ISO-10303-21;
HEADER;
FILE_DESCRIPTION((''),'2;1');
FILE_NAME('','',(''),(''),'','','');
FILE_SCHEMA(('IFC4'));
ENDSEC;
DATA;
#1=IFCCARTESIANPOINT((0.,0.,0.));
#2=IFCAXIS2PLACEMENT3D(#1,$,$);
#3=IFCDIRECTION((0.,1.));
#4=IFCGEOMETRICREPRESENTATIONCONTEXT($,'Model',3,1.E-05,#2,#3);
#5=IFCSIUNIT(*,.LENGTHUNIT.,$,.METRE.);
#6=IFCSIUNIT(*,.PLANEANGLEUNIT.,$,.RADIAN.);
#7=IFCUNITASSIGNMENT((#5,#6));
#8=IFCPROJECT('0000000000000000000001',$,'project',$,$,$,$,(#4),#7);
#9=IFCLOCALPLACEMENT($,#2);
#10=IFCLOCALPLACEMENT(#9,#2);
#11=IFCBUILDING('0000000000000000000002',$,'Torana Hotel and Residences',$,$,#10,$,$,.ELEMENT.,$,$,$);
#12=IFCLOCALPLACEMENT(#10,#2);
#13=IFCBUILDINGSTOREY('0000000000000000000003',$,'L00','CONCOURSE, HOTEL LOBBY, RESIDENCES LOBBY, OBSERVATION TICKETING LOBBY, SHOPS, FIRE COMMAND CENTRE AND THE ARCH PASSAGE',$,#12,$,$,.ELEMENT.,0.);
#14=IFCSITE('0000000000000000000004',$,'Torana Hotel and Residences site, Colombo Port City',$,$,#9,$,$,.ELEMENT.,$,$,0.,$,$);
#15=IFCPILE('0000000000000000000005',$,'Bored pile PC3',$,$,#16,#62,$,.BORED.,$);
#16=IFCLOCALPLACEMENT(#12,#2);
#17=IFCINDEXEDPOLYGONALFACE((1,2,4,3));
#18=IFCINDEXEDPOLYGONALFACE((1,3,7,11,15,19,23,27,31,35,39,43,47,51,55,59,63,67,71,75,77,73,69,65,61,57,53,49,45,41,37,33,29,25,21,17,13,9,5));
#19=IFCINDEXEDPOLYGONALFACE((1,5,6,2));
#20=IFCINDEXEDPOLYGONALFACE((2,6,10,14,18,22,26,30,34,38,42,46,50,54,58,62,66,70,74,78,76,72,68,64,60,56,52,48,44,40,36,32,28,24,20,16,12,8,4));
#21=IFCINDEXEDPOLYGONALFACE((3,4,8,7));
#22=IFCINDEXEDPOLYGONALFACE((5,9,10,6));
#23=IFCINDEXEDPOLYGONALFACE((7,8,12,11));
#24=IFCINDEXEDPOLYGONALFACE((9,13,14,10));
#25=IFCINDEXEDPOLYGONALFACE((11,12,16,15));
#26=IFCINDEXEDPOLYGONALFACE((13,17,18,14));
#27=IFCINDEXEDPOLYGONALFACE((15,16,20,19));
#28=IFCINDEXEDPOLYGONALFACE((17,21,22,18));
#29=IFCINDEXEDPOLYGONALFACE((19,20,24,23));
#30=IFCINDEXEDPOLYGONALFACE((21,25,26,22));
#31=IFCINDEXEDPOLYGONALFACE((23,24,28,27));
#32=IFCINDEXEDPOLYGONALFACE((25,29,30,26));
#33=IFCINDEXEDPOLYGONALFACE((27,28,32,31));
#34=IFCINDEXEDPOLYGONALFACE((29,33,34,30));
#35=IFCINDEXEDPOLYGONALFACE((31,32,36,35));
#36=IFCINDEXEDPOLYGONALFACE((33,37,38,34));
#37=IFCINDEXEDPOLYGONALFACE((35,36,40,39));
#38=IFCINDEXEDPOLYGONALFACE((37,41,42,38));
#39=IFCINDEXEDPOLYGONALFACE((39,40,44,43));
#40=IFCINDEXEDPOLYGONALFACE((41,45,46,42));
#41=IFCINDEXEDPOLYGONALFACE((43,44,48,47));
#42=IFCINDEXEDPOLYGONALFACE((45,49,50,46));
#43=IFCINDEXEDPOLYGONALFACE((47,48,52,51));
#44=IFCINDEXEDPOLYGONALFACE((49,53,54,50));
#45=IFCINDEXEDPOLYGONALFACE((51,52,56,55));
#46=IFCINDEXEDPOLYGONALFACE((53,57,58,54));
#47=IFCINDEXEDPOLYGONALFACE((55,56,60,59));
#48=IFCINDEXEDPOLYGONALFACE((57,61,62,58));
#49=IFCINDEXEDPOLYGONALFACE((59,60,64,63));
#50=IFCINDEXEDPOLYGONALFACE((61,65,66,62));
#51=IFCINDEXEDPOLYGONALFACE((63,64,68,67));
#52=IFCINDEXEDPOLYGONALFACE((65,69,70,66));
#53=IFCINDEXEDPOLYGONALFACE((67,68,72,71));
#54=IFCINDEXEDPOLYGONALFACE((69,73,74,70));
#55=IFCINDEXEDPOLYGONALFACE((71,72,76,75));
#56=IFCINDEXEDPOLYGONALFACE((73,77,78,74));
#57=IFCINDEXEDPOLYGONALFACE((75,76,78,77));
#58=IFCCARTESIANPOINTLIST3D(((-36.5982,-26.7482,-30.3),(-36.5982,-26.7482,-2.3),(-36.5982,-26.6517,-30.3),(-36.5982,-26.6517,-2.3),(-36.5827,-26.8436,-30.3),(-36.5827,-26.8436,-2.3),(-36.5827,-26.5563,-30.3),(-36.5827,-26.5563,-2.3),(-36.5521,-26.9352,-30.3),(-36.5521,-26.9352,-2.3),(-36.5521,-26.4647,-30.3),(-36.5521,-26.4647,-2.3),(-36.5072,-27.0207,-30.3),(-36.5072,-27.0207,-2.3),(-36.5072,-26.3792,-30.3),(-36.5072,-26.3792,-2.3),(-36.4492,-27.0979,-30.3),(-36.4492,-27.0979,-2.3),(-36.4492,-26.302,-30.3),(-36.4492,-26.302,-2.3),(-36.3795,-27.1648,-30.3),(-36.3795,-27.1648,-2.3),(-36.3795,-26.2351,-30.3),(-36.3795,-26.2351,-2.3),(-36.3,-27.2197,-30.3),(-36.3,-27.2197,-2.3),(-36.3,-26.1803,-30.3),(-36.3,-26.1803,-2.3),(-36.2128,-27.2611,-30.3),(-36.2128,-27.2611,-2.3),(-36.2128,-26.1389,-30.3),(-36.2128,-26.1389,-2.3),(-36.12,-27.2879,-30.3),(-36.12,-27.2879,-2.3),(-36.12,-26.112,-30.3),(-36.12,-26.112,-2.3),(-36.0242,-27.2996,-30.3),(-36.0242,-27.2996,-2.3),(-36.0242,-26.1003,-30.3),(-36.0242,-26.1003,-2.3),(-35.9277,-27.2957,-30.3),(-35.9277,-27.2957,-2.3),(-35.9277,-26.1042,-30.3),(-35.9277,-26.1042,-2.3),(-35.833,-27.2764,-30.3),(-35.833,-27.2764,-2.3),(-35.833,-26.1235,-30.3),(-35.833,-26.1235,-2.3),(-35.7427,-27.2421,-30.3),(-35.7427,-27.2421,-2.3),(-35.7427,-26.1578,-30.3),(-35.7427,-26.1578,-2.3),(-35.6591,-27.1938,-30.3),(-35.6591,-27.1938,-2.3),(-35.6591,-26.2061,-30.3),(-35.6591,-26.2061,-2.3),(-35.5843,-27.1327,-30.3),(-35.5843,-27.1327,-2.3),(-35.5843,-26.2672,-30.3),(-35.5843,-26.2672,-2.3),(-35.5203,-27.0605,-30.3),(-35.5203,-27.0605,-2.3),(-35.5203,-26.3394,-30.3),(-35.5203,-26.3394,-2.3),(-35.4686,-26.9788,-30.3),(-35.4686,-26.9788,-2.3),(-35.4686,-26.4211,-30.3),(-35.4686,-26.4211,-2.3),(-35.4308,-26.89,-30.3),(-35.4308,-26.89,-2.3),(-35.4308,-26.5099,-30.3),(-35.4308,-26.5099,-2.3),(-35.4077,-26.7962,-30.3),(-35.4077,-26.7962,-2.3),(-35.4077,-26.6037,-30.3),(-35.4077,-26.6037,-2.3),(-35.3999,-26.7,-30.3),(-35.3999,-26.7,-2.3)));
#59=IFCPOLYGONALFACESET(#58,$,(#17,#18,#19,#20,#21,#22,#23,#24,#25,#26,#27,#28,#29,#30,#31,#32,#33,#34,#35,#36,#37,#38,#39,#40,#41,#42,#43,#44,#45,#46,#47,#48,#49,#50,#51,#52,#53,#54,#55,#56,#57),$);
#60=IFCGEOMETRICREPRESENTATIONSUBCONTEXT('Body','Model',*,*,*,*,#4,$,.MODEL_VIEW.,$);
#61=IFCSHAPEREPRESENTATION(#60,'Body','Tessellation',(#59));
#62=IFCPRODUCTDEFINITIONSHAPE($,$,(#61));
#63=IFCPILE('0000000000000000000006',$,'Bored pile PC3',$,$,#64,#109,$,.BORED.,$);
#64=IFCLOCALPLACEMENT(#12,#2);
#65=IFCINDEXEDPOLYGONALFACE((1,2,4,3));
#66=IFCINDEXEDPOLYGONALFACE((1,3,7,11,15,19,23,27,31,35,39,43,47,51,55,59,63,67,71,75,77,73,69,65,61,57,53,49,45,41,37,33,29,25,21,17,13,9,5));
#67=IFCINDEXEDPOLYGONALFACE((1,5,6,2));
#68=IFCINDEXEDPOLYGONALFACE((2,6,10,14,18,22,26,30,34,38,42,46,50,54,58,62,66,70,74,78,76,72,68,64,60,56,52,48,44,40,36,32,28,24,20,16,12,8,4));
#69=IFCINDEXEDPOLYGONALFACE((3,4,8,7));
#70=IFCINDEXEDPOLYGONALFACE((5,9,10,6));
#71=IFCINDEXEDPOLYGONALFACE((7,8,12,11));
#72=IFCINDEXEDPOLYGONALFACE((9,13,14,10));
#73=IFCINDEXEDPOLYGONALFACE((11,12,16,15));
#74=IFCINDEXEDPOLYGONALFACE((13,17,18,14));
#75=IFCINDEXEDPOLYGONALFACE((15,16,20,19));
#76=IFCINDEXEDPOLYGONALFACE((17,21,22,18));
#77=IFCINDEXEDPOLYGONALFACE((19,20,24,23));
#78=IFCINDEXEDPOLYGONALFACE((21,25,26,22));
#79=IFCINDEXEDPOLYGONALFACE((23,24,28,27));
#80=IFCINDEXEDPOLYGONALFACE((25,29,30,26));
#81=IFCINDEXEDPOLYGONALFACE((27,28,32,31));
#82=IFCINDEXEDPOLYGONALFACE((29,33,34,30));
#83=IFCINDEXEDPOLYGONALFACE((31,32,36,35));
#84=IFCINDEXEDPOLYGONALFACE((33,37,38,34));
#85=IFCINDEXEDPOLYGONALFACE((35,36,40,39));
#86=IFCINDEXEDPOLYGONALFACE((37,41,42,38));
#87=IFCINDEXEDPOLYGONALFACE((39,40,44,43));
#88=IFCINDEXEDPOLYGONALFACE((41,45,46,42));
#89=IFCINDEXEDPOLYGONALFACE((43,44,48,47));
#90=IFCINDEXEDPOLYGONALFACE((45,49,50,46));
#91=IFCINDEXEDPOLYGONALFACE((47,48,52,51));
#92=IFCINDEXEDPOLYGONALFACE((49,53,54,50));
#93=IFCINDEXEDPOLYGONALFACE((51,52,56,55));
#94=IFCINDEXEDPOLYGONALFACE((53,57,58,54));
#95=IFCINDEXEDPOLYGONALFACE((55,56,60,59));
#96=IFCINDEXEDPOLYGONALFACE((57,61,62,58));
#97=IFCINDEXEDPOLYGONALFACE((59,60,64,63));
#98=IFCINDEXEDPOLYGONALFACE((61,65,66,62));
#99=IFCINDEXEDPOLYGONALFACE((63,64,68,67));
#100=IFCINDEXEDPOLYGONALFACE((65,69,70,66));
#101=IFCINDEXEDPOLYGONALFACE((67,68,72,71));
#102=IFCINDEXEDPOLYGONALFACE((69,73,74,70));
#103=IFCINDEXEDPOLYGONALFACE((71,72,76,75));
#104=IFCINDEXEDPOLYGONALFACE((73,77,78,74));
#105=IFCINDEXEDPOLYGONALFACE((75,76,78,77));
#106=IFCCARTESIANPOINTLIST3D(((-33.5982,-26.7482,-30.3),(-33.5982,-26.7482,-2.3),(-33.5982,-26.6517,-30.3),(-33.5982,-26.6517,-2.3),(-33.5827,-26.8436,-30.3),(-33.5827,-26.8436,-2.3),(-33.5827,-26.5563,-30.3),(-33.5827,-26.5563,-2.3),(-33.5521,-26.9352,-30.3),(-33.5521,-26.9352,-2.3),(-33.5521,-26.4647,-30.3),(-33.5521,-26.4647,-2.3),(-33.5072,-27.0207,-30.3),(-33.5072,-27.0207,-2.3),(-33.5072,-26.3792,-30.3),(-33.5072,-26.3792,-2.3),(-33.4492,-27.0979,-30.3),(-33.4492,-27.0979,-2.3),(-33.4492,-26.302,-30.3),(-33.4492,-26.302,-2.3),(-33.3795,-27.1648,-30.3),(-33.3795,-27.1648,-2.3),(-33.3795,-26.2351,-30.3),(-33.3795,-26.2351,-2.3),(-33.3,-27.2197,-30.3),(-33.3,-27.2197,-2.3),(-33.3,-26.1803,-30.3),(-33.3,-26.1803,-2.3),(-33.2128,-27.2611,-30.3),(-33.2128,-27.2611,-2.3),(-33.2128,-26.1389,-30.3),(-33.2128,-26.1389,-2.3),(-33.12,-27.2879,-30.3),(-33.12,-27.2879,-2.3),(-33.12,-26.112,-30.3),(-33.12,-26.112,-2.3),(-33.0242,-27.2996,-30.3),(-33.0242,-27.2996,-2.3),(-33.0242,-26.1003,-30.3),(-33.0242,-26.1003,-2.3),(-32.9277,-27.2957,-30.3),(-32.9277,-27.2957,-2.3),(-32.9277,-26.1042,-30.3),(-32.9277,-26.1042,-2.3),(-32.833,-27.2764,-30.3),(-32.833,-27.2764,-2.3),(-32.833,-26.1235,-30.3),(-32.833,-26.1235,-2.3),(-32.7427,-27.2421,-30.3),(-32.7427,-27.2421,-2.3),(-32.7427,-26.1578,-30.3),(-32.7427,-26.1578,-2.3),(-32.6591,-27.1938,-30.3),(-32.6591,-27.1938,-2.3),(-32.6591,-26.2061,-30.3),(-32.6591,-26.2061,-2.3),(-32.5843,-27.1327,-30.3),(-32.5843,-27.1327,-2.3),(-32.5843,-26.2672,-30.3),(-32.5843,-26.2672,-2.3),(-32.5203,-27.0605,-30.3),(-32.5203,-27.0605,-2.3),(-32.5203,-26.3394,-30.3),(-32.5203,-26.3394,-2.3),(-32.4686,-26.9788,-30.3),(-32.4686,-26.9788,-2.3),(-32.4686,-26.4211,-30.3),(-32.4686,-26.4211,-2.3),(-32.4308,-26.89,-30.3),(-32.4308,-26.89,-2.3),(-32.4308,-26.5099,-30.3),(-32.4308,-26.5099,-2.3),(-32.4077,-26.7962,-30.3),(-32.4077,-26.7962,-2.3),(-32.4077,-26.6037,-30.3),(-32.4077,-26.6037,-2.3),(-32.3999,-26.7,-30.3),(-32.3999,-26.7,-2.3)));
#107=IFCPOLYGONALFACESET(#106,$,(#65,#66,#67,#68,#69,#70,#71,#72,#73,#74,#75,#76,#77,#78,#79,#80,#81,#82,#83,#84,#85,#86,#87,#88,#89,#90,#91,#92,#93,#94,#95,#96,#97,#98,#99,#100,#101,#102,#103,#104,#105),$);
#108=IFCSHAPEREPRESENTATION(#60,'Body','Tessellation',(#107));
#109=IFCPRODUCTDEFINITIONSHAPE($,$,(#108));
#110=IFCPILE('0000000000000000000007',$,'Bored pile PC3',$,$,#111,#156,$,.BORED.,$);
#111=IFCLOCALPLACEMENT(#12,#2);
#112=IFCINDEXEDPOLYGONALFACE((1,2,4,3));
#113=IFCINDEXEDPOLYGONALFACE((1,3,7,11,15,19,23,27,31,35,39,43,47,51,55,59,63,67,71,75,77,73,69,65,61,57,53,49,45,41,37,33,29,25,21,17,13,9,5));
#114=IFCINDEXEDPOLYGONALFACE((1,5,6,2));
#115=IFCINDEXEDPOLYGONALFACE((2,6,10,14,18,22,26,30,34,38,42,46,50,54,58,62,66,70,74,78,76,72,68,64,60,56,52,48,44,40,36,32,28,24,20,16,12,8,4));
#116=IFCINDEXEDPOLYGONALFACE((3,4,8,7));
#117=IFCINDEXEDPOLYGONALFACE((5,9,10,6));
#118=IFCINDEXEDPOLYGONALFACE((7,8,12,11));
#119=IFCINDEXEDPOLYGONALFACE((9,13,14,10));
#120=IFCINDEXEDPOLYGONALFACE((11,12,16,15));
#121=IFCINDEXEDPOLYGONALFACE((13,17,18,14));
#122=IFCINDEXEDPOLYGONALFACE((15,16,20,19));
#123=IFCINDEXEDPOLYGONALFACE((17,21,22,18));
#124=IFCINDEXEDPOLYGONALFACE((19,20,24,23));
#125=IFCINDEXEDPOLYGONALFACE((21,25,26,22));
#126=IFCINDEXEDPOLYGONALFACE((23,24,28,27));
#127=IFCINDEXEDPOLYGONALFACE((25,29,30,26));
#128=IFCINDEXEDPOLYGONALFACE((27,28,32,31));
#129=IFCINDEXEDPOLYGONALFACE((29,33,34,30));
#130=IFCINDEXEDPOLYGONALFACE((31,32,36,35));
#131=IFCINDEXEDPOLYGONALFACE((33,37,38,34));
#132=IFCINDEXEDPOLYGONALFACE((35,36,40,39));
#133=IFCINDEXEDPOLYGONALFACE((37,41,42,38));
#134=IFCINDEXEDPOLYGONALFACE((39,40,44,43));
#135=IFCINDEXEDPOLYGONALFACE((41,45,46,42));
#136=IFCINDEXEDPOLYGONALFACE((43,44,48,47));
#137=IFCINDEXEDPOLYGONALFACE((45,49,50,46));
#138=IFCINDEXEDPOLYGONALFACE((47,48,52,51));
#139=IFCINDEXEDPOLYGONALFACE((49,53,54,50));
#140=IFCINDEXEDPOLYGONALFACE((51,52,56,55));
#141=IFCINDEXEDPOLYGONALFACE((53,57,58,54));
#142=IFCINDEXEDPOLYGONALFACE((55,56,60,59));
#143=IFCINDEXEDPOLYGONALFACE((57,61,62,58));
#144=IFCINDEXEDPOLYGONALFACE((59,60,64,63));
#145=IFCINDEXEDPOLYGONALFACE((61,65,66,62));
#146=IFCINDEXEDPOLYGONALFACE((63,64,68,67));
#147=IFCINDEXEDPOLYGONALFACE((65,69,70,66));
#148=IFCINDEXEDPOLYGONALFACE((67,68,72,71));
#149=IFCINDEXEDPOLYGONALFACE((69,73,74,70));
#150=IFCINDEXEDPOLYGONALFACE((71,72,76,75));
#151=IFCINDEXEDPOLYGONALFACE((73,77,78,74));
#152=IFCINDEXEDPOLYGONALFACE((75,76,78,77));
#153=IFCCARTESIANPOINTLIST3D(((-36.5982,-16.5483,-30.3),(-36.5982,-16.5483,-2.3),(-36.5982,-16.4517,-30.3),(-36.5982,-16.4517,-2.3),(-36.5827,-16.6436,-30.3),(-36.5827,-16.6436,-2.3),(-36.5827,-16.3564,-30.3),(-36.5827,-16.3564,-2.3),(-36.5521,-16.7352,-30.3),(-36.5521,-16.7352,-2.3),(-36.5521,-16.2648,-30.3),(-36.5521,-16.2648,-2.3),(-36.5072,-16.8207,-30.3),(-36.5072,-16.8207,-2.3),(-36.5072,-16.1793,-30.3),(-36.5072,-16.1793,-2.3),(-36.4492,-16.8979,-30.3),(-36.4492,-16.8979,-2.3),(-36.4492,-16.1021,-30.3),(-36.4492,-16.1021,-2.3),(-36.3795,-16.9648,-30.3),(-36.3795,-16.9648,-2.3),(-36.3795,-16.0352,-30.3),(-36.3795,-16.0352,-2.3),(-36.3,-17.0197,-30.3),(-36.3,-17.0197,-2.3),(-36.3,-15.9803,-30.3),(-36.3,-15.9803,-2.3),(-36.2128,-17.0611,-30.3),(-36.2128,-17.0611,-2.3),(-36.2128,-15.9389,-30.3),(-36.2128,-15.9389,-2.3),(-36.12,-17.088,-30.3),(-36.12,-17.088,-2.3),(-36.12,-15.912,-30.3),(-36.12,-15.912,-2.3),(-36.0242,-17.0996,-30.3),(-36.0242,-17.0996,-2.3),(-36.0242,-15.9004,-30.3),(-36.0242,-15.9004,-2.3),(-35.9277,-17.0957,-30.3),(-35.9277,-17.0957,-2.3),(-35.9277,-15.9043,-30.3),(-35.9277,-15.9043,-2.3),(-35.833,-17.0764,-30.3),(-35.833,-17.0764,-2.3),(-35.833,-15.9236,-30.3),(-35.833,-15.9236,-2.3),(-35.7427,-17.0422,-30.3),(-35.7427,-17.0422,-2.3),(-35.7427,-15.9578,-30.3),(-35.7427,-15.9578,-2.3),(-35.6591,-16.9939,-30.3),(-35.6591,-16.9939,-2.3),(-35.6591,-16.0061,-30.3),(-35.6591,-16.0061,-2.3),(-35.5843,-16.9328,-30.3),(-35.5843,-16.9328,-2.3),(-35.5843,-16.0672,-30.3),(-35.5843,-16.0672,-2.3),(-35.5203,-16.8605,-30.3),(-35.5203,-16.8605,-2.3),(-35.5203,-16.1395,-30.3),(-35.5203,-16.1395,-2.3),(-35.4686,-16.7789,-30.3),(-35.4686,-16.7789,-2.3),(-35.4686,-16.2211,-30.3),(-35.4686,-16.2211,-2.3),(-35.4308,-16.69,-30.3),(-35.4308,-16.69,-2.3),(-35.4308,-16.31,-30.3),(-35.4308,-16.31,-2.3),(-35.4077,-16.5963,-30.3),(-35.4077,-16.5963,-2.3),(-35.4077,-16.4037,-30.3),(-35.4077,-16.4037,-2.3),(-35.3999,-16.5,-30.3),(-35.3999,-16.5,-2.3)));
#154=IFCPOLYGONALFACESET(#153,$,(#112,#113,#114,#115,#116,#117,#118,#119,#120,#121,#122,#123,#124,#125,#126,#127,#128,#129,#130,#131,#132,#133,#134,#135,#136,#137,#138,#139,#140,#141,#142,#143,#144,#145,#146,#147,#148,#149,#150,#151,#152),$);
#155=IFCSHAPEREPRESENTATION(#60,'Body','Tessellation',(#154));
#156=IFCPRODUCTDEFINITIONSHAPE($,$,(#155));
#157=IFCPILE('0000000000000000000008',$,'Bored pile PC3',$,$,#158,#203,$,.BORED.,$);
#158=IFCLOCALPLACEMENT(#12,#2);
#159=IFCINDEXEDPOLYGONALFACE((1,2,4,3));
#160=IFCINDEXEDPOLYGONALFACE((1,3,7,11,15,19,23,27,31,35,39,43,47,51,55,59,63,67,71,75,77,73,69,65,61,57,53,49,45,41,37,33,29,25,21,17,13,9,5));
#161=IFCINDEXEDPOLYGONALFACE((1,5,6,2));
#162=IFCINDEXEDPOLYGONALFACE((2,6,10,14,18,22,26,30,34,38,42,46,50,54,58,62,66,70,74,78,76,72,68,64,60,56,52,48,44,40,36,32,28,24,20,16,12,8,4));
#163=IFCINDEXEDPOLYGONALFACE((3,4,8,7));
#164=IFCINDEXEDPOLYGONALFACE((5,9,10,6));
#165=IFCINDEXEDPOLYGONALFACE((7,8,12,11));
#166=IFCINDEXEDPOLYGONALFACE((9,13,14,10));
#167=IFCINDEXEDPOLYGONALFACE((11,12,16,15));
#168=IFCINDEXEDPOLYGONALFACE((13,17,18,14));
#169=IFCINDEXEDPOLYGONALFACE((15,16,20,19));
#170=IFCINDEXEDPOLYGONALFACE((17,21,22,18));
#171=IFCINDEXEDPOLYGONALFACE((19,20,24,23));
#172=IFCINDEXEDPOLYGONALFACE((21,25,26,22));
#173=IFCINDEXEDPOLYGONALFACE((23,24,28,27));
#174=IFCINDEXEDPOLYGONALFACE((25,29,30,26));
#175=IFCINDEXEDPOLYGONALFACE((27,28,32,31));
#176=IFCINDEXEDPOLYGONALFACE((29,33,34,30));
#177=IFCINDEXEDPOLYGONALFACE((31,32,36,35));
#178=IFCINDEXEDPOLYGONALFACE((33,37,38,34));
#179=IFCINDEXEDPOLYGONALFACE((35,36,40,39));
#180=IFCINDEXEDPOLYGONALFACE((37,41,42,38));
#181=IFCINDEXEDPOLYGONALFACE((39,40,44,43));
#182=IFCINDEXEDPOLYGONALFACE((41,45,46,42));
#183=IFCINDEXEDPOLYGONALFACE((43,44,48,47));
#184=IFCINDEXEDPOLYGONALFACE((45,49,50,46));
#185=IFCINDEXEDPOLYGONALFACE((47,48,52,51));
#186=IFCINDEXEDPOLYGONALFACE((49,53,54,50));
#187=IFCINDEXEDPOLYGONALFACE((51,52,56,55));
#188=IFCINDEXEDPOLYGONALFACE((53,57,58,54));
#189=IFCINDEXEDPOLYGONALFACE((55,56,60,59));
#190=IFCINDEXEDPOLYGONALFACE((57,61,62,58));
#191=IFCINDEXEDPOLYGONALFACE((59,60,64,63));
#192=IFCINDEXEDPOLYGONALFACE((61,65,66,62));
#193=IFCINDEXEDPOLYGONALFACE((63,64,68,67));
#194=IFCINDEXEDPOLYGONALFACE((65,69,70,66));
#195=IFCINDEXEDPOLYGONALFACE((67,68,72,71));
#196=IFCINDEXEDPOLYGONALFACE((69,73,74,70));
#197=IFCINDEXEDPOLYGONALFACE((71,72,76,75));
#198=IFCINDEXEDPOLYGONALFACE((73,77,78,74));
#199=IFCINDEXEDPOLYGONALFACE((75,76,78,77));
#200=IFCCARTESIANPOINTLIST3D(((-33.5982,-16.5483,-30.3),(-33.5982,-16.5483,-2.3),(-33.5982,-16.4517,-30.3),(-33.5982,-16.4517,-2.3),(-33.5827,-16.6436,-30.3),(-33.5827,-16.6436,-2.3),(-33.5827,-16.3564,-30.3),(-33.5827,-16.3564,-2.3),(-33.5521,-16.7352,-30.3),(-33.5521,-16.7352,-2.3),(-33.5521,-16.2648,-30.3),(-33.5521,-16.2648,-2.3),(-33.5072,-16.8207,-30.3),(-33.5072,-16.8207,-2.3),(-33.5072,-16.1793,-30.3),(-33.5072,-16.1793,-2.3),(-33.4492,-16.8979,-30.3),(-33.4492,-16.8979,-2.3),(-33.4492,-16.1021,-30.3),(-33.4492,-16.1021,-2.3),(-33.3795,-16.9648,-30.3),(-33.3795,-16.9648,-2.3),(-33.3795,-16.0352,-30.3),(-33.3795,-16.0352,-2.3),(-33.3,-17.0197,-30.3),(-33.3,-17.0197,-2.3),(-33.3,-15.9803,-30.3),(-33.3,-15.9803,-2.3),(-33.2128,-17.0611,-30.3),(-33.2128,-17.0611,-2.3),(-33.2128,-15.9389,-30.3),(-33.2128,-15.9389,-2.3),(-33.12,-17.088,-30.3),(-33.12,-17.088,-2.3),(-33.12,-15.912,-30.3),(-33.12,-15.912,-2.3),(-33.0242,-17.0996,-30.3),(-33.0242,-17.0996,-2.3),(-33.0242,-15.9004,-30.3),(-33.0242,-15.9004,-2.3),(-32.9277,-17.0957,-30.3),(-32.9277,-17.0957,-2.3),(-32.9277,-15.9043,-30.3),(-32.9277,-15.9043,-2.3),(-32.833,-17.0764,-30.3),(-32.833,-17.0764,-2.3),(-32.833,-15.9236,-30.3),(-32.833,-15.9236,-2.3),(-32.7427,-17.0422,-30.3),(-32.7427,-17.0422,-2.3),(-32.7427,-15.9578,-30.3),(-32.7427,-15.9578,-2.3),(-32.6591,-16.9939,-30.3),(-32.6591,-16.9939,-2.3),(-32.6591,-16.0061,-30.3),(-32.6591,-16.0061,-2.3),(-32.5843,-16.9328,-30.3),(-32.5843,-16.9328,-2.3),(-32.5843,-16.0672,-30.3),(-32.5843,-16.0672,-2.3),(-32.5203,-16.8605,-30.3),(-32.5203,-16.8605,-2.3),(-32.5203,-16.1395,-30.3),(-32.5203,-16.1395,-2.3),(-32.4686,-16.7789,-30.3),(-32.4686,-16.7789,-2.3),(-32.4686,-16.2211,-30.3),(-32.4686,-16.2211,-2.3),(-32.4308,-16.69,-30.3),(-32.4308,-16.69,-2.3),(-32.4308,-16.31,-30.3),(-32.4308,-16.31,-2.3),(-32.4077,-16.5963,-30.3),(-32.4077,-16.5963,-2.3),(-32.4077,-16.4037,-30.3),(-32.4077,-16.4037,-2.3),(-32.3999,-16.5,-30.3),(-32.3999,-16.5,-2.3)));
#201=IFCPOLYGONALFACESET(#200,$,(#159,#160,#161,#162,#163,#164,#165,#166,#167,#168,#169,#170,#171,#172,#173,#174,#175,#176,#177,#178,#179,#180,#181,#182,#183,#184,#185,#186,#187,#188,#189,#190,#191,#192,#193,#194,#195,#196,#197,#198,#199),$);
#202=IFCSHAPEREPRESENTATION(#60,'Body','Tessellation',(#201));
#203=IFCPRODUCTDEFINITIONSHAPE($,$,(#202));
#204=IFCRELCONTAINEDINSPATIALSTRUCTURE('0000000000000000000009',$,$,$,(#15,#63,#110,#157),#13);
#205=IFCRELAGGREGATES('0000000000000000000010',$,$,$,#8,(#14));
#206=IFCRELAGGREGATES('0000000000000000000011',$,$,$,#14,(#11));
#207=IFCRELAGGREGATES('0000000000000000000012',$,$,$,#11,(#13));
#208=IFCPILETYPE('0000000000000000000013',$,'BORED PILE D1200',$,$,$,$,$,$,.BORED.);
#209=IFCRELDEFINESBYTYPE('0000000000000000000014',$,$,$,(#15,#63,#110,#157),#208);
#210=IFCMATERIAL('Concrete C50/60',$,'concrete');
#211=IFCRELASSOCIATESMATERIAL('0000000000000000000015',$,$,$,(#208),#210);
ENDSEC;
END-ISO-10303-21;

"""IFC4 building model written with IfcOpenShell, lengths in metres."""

from ifc_helpers import new_model, si_unit, direction, frame, origin, origin_2d, place, context, subcontext, project, spatial, circle, extrude, material, type_object, element, save


model = new_model("IFC4")

# Units and contexts
model_context = context("Model", 3, precision=1e-05, world=origin(), true_north=direction((0.0, 1.0)))
body_context = subcontext(model_context, "Body", "Model", "MODEL_VIEW")
ifc_project = project(units=[si_unit("LENGTHUNIT", "METRE"), si_unit("PLANEANGLEUNIT", "RADIAN")], contexts=[model_context])

# Site, building, storey
site_placement = place(None, origin())
site = spatial("IfcSite", under=ifc_project, at=site_placement, Name="Torana Hotel and Residences site, Colombo Port City", CompositionType="ELEMENT", RefElevation=0.0)
building_placement = place(site_placement, origin())
building = spatial("IfcBuilding", under=site, at=building_placement, Name="Torana Hotel and Residences", CompositionType="ELEMENT")
storey_placement = place(building_placement, origin())
storey = spatial("IfcBuildingStorey", under=building, at=storey_placement, Name="L00", Description="CONCOURSE, HOTEL LOBBY, RESIDENCES LOBBY, OBSERVATION TICKETING LOBBY, SHOPS, FIRE COMMAND CENTRE AND THE ARCH PASSAGE", CompositionType="ELEMENT", Elevation=0.0)

# Piles
ifc_material_1 = material(Name="Concrete C50/60", Category="concrete")
pile_type_1 = type_object("IfcPileType", Name="BORED PILE D1200", PredefinedType="BORED", material=ifc_material_1)
for number, where, z_axis, x_axis, name in (
    (1, (-36.0, -26.7, -2.3), (0.0, 0.0, -1.0), (1.0, 0.0, 0.0), "Bored pile PC3"),
    (2, (-33.0, -26.7, -2.3), (0.0, 0.0, -1.0), (1.0, 0.0, 0.0), "Bored pile PC3"),
    (3, (-36.0, -16.5, -2.3), (0.0, 0.0, -1.0), (1.0, 0.0, 0.0), "Bored pile PC3"),
    (4, (-33.0, -16.5, -2.3), (0.0, 0.0, -1.0), (1.0, 0.0, 0.0), "Bored pile PC3"),
):
    element("IfcPile", number, at=place(storey_placement, frame(where, z_axis=z_axis, x_axis=x_axis)), inside=storey, type_object=pile_type_1, Name=name, PredefinedType="BORED", context=body_context, shape_type="SweptSolid", body=[
        extrude(circle(Radius=0.6001, at=origin_2d()), origin(), (0.0, 0.0, 1.0), 28.0),
    ])

save(model, "model.ifc")
